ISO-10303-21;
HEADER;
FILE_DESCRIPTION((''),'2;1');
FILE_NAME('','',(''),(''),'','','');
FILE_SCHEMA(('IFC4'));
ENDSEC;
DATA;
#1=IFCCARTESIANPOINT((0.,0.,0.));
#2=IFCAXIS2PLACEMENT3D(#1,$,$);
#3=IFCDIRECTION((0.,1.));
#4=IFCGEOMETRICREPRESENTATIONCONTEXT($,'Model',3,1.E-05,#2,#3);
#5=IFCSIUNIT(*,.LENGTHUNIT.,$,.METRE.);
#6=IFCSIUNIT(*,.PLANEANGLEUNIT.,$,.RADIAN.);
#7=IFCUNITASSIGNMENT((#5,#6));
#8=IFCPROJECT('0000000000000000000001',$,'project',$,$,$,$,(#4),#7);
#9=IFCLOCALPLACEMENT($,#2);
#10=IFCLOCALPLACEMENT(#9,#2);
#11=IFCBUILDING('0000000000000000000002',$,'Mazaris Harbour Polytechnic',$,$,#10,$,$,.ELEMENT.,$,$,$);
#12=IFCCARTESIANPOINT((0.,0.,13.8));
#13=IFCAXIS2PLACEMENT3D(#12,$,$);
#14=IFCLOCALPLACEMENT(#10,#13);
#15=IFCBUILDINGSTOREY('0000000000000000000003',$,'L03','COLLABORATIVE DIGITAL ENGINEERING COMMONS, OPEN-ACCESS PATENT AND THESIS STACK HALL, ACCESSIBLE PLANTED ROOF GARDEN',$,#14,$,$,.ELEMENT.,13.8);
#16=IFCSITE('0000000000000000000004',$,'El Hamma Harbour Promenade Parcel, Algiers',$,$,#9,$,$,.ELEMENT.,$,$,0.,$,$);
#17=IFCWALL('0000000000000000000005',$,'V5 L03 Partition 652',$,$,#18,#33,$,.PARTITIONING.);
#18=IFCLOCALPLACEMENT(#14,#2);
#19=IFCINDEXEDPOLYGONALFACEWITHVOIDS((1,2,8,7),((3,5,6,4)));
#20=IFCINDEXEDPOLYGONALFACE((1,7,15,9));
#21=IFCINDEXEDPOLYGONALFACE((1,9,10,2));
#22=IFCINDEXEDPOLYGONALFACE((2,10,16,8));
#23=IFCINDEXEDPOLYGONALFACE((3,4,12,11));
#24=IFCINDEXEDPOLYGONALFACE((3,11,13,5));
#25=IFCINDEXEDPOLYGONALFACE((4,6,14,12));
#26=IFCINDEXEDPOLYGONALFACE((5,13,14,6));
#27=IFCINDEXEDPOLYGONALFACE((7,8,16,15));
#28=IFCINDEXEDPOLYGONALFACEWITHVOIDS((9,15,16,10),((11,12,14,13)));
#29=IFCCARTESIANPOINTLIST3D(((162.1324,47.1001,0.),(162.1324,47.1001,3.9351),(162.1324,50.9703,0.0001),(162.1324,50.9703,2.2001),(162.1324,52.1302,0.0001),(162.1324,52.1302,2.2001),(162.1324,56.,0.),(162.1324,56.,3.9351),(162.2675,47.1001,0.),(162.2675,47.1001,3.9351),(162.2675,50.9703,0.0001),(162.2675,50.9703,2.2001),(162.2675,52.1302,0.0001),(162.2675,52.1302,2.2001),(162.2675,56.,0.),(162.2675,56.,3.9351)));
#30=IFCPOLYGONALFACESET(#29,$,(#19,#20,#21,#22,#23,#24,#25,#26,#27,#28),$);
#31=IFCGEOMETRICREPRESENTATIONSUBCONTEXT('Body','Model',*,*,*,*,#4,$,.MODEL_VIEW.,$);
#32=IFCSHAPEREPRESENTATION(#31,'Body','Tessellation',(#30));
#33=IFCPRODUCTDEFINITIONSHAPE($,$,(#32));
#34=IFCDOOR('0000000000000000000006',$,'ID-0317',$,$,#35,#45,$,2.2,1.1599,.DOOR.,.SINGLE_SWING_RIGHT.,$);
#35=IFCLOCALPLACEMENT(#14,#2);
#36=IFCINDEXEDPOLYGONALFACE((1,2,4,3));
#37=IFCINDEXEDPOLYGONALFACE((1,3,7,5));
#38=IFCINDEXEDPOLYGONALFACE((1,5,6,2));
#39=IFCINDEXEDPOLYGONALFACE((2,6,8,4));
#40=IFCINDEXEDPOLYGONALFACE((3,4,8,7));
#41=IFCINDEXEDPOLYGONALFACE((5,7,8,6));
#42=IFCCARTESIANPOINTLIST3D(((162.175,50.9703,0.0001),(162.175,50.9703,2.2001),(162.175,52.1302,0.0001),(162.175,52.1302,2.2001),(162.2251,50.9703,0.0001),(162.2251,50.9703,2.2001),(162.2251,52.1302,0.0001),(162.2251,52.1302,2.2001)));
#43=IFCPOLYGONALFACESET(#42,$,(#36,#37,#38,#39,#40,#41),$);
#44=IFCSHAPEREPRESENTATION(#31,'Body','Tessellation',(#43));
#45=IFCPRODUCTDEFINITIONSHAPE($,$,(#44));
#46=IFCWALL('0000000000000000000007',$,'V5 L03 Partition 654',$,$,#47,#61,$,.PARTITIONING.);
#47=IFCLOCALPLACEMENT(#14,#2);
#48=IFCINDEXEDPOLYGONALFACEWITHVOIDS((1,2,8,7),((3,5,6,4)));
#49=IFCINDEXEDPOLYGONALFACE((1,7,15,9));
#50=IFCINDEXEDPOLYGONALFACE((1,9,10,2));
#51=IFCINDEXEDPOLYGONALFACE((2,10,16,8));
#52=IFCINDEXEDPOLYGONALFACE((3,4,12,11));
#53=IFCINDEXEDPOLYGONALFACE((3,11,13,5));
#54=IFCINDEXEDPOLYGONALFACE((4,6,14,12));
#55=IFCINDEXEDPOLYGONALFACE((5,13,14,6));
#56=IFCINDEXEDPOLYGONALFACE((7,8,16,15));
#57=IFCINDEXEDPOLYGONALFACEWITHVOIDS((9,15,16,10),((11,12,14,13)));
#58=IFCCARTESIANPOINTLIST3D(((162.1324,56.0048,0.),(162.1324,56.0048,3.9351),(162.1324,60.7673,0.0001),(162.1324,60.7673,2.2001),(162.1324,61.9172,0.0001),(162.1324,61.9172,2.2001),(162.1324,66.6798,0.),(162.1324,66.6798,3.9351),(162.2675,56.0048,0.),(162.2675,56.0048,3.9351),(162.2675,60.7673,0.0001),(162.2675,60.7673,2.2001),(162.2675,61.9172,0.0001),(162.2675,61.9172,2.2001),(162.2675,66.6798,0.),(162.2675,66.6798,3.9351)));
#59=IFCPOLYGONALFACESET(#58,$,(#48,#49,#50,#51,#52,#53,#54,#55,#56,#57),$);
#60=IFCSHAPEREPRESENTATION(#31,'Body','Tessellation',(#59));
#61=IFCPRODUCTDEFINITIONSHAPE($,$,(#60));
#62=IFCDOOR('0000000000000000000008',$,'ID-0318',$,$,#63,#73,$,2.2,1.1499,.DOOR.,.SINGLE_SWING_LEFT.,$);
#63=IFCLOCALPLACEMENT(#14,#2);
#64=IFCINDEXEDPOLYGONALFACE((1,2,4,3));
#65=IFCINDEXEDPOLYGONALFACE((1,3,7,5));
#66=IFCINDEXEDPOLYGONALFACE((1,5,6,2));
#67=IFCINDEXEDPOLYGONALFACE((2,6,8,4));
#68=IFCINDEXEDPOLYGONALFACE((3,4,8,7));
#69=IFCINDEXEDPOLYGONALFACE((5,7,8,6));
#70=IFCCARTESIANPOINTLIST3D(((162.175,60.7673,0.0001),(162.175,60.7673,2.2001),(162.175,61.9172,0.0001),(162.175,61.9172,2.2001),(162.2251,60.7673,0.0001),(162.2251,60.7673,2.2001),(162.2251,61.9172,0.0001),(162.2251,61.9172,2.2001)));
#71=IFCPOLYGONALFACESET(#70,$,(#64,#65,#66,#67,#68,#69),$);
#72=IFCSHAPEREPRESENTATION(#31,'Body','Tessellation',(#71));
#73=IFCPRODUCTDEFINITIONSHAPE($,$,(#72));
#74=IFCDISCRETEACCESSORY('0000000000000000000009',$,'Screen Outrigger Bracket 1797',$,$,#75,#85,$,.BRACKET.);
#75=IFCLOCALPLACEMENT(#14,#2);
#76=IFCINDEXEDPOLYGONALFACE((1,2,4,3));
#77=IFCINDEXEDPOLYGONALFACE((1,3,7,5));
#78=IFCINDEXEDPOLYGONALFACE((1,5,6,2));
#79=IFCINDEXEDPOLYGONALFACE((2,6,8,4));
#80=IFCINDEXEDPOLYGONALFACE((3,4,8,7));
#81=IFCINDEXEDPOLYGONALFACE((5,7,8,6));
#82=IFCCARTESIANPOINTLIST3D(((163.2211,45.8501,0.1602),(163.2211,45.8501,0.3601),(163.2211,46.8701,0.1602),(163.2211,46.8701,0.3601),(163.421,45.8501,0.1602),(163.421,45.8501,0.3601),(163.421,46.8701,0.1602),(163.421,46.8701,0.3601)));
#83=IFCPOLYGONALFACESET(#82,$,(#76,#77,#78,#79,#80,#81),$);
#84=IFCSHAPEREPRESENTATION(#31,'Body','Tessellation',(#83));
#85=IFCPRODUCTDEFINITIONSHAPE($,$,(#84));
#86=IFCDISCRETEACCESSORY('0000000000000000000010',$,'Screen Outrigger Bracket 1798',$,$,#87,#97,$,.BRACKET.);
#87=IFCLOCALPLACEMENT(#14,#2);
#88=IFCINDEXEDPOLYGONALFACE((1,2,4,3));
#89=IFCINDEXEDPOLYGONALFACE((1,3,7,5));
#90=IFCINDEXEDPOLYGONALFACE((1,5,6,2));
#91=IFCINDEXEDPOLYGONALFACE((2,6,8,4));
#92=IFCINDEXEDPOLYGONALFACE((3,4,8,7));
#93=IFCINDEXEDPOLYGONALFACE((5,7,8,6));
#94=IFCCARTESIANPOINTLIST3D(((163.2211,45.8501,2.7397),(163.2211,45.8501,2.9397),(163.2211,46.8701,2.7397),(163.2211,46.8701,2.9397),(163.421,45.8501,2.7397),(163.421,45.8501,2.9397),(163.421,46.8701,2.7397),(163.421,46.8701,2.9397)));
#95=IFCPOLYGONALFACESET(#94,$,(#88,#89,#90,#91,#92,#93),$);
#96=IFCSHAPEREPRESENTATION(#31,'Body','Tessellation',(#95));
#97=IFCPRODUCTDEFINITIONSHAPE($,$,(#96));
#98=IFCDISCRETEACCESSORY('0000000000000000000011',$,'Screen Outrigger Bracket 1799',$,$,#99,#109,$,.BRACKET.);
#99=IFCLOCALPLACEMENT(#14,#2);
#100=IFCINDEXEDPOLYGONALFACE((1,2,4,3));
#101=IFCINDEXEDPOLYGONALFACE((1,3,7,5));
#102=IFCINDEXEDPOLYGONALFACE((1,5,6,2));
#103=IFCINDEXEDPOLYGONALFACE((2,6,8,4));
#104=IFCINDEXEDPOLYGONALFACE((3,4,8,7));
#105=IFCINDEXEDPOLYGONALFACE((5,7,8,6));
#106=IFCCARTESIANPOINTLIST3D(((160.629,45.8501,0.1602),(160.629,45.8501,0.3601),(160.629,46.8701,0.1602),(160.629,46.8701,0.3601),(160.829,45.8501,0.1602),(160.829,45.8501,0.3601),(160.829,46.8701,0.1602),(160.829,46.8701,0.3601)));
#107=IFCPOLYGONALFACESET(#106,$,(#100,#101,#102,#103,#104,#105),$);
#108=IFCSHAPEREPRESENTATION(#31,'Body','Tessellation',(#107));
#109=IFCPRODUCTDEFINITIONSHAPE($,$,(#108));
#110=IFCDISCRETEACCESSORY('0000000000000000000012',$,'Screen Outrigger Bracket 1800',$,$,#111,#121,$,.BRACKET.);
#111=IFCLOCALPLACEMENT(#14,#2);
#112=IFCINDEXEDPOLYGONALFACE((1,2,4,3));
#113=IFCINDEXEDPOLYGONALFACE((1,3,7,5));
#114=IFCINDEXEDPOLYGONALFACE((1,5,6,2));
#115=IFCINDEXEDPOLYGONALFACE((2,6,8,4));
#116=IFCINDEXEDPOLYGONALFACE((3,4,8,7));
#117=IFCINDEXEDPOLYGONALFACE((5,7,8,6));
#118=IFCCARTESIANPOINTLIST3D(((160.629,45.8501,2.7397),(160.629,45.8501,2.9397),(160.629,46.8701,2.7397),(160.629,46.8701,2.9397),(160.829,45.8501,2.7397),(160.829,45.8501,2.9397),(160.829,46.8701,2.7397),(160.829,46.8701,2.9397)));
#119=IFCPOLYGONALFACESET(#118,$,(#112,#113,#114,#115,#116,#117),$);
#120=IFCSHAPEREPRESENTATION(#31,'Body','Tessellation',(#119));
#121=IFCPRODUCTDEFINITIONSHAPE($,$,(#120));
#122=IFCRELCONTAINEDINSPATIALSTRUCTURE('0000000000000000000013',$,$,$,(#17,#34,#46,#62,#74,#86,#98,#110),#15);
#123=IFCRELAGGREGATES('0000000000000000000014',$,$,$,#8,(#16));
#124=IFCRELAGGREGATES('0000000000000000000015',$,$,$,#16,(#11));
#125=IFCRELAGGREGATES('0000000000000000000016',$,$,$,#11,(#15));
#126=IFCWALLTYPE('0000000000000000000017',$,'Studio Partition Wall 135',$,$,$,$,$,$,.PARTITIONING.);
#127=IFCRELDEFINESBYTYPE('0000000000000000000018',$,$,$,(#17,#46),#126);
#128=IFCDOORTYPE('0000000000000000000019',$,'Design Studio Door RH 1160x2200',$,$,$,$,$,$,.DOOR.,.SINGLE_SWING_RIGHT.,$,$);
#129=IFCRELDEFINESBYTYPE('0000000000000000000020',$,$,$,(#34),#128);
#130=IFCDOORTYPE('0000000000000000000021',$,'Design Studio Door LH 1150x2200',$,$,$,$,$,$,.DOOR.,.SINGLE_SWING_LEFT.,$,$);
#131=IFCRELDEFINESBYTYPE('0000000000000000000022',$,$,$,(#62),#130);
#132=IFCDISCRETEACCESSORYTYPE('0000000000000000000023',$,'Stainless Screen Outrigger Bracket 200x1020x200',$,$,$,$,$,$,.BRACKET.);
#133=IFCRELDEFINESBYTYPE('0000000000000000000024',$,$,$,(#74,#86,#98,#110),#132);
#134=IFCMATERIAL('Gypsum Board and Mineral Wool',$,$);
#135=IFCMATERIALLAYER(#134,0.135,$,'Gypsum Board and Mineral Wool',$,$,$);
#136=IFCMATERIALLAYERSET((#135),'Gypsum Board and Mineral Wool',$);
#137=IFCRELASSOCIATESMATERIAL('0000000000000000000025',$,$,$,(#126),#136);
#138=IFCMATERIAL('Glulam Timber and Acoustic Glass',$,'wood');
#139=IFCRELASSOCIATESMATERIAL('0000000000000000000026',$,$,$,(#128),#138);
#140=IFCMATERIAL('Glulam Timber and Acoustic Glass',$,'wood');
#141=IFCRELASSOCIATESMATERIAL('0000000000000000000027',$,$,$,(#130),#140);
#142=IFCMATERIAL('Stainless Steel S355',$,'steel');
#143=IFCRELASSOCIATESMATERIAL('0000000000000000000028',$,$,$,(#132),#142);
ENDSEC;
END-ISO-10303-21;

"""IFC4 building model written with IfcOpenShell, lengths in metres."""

from ifc_helpers import new_model, si_unit, direction, frame, frame_2d, origin, origin_2d, place, context, subcontext, project, spatial, rectangle, extrude, material, layer, layer_set, type_object, element, fill, save


model = new_model("IFC4")

# Units and contexts
model_context = context("Model", 3, precision=1e-05, world=origin(), true_north=direction((0.0, 1.0)))
body_context = subcontext(model_context, "Body", "Model", "MODEL_VIEW")
ifc_project = project(units=[si_unit("LENGTHUNIT", "METRE"), si_unit("PLANEANGLEUNIT", "RADIAN")], contexts=[model_context])

# Site, building, storey
site_placement = place(None, origin())
site = spatial("IfcSite", under=ifc_project, at=site_placement, Name="El Hamma Harbour Promenade Parcel, Algiers", CompositionType="ELEMENT", RefElevation=0.0)
building_placement = place(site_placement, origin())
building = spatial("IfcBuilding", under=site, at=building_placement, Name="Mazaris Harbour Polytechnic", CompositionType="ELEMENT")
storey_placement = place(building_placement, frame((0.0, 0.0, 13.8)))
storey = spatial("IfcBuildingStorey", under=building, at=storey_placement, Name="L03", Description="COLLABORATIVE DIGITAL ENGINEERING COMMONS, OPEN-ACCESS PATENT AND THESIS STACK HALL, ACCESSIBLE PLANTED ROOF GARDEN", CompositionType="ELEMENT", Elevation=13.8)

# Walls, openings, doors
ifc_material_1 = material(Name="Gypsum Board and Mineral Wool")
ifc_layer_1 = layer(ifc_material_1, 0.135, Name="Gypsum Board and Mineral Wool")
ifc_layer_set_1 = layer_set([ifc_layer_1], Name="Gypsum Board and Mineral Wool")
wall_type_1 = type_object("IfcWallType", Name="Studio Partition Wall 135", PredefinedType="PARTITIONING", material=ifc_layer_set_1)
wall_1_placement = place(storey_placement, frame((162.2, 47.1001, 0.0), z_axis=(0.0, 0.0, 1.0), x_axis=(0.0, 1.0, 0.0)))
wall_1 = element("IfcWall", 1, at=wall_1_placement, inside=storey, type_object=wall_type_1, Name="V5 L03 Partition 652", PredefinedType="PARTITIONING", context=body_context, shape_type="SweptSolid", body=[
    extrude(rectangle(XDim=8.8999, YDim=0.135, at=frame_2d((4.45, 0.0))), origin(), (0.0, 0.0, 1.0), 3.9351),
])
opening_1_placement = place(wall_1_placement, frame((3.8701, 0.0, 0.0)))
opening_1 = element("IfcOpeningElement", 2, at=opening_1_placement, cuts=wall_1, PredefinedType="OPENING", context=body_context, shape_type="SweptSolid", body=[
    extrude(rectangle(XDim=1.1599, YDim=2.2, at=frame_2d((0.5801, 1.1001))), frame((0.0, 0.0774, 0.0), z_axis=(0.0, -1.0, 0.0), x_axis=(1.0, 0.0, 0.0)), (0.0, 0.0, 1.0), 0.155),
])
ifc_material_2 = material(Name="Glulam Timber and Acoustic Glass", Category="wood")
door_type_1 = type_object("IfcDoorType", Name="Design Studio Door RH 1160x2200", OperationType="SINGLE_SWING_RIGHT", PredefinedType="DOOR", material=ifc_material_2)
door_1_placement = place(opening_1_placement, origin())
door_1 = element("IfcDoor", 3, at=door_1_placement, inside=storey, type_object=door_type_1, Name="ID-0317", OperationType="SINGLE_SWING_RIGHT", OverallHeight=2.2, OverallWidth=1.1599, PredefinedType="DOOR", context=body_context, shape_type="SweptSolid", body=[
    extrude(rectangle(XDim=1.1599, YDim=2.2, at=frame_2d((0.5801, 1.1001))), frame((0.0, 0.0249, 0.0), z_axis=(0.0, -1.0, 0.0), x_axis=(1.0, 0.0, 0.0)), (0.0, 0.0, 1.0), 0.05),
])
fill(opening_1, door_1)
wall_2_placement = place(storey_placement, frame((162.2, 56.0049, 0.0), z_axis=(0.0, 0.0, 1.0), x_axis=(0.0, 1.0, 0.0)))
wall_2 = element("IfcWall", 4, at=wall_2_placement, inside=storey, type_object=wall_type_1, Name="V5 L03 Partition 654", PredefinedType="PARTITIONING", context=body_context, shape_type="SweptSolid", body=[
    extrude(rectangle(XDim=10.675, YDim=0.135, at=frame_2d((5.3374, 0.0))), origin(), (0.0, 0.0, 1.0), 3.9351),
])
opening_2_placement = place(wall_2_placement, frame((4.7625, 0.0, 0.0)))
opening_2 = element("IfcOpeningElement", 5, at=opening_2_placement, cuts=wall_2, PredefinedType="OPENING", context=body_context, shape_type="SweptSolid", body=[
    extrude(rectangle(XDim=1.1499, YDim=2.2, at=frame_2d((0.575, 1.1001))), frame((0.0, 0.0774, 0.0), z_axis=(0.0, -1.0, 0.0), x_axis=(1.0, 0.0, 0.0)), (0.0, 0.0, 1.0), 0.155),
])
ifc_material_3 = material(Name="Glulam Timber and Acoustic Glass", Category="wood")
door_type_2 = type_object("IfcDoorType", Name="Design Studio Door LH 1150x2200", OperationType="SINGLE_SWING_LEFT", PredefinedType="DOOR", material=ifc_material_3)
door_2_placement = place(opening_2_placement, origin())
door_2 = element("IfcDoor", 6, at=door_2_placement, inside=storey, type_object=door_type_2, Name="ID-0318", OperationType="SINGLE_SWING_LEFT", OverallHeight=2.2, OverallWidth=1.1499, PredefinedType="DOOR", context=body_context, shape_type="SweptSolid", body=[
    extrude(rectangle(XDim=1.1499, YDim=2.2, at=frame_2d((0.575, 1.1001))), frame((0.0, 0.0249, 0.0), z_axis=(0.0, -1.0, 0.0), x_axis=(1.0, 0.0, 0.0)), (0.0, 0.0, 1.0), 0.05),
])
fill(opening_2, door_2)

# Discrete accessories
ifc_material_4 = material(Name="Stainless Steel S355", Category="steel")
discrete_accessory_type = type_object("IfcDiscreteAccessoryType", Name="Stainless Screen Outrigger Bracket 200x1020x200", PredefinedType="BRACKET", material=ifc_material_4)
for number, where, z_axis, x_axis, name in (
    (7, (163.321, 46.3601, 0.1602), (0.0, 0.0, 1.0), (-1.0, 0.0, 0.0), "Screen Outrigger Bracket 1797"),
    (8, (163.321, 46.3601, 2.7397), (0.0, 0.0, 1.0), (-1.0, 0.0, 0.0), "Screen Outrigger Bracket 1798"),
    (9, (160.729, 46.3601, 0.1602), (0.0, 0.0, 1.0), (-1.0, 0.0, 0.0), "Screen Outrigger Bracket 1799"),
    (10, (160.729, 46.3601, 2.7397), (0.0, 0.0, 1.0), (-1.0, 0.0, 0.0), "Screen Outrigger Bracket 1800"),
):
    element("IfcDiscreteAccessory", number, at=place(storey_placement, frame(where, z_axis=z_axis, x_axis=x_axis)), inside=storey, type_object=discrete_accessory_type, Name=name, PredefinedType="BRACKET", context=body_context, shape_type="SweptSolid", body=[
        extrude(rectangle(XDim=0.2, YDim=1.02, at=origin_2d()), origin(), (0.0, 0.0, 1.0), 0.2),
    ])

save(model, "model.ifc")
